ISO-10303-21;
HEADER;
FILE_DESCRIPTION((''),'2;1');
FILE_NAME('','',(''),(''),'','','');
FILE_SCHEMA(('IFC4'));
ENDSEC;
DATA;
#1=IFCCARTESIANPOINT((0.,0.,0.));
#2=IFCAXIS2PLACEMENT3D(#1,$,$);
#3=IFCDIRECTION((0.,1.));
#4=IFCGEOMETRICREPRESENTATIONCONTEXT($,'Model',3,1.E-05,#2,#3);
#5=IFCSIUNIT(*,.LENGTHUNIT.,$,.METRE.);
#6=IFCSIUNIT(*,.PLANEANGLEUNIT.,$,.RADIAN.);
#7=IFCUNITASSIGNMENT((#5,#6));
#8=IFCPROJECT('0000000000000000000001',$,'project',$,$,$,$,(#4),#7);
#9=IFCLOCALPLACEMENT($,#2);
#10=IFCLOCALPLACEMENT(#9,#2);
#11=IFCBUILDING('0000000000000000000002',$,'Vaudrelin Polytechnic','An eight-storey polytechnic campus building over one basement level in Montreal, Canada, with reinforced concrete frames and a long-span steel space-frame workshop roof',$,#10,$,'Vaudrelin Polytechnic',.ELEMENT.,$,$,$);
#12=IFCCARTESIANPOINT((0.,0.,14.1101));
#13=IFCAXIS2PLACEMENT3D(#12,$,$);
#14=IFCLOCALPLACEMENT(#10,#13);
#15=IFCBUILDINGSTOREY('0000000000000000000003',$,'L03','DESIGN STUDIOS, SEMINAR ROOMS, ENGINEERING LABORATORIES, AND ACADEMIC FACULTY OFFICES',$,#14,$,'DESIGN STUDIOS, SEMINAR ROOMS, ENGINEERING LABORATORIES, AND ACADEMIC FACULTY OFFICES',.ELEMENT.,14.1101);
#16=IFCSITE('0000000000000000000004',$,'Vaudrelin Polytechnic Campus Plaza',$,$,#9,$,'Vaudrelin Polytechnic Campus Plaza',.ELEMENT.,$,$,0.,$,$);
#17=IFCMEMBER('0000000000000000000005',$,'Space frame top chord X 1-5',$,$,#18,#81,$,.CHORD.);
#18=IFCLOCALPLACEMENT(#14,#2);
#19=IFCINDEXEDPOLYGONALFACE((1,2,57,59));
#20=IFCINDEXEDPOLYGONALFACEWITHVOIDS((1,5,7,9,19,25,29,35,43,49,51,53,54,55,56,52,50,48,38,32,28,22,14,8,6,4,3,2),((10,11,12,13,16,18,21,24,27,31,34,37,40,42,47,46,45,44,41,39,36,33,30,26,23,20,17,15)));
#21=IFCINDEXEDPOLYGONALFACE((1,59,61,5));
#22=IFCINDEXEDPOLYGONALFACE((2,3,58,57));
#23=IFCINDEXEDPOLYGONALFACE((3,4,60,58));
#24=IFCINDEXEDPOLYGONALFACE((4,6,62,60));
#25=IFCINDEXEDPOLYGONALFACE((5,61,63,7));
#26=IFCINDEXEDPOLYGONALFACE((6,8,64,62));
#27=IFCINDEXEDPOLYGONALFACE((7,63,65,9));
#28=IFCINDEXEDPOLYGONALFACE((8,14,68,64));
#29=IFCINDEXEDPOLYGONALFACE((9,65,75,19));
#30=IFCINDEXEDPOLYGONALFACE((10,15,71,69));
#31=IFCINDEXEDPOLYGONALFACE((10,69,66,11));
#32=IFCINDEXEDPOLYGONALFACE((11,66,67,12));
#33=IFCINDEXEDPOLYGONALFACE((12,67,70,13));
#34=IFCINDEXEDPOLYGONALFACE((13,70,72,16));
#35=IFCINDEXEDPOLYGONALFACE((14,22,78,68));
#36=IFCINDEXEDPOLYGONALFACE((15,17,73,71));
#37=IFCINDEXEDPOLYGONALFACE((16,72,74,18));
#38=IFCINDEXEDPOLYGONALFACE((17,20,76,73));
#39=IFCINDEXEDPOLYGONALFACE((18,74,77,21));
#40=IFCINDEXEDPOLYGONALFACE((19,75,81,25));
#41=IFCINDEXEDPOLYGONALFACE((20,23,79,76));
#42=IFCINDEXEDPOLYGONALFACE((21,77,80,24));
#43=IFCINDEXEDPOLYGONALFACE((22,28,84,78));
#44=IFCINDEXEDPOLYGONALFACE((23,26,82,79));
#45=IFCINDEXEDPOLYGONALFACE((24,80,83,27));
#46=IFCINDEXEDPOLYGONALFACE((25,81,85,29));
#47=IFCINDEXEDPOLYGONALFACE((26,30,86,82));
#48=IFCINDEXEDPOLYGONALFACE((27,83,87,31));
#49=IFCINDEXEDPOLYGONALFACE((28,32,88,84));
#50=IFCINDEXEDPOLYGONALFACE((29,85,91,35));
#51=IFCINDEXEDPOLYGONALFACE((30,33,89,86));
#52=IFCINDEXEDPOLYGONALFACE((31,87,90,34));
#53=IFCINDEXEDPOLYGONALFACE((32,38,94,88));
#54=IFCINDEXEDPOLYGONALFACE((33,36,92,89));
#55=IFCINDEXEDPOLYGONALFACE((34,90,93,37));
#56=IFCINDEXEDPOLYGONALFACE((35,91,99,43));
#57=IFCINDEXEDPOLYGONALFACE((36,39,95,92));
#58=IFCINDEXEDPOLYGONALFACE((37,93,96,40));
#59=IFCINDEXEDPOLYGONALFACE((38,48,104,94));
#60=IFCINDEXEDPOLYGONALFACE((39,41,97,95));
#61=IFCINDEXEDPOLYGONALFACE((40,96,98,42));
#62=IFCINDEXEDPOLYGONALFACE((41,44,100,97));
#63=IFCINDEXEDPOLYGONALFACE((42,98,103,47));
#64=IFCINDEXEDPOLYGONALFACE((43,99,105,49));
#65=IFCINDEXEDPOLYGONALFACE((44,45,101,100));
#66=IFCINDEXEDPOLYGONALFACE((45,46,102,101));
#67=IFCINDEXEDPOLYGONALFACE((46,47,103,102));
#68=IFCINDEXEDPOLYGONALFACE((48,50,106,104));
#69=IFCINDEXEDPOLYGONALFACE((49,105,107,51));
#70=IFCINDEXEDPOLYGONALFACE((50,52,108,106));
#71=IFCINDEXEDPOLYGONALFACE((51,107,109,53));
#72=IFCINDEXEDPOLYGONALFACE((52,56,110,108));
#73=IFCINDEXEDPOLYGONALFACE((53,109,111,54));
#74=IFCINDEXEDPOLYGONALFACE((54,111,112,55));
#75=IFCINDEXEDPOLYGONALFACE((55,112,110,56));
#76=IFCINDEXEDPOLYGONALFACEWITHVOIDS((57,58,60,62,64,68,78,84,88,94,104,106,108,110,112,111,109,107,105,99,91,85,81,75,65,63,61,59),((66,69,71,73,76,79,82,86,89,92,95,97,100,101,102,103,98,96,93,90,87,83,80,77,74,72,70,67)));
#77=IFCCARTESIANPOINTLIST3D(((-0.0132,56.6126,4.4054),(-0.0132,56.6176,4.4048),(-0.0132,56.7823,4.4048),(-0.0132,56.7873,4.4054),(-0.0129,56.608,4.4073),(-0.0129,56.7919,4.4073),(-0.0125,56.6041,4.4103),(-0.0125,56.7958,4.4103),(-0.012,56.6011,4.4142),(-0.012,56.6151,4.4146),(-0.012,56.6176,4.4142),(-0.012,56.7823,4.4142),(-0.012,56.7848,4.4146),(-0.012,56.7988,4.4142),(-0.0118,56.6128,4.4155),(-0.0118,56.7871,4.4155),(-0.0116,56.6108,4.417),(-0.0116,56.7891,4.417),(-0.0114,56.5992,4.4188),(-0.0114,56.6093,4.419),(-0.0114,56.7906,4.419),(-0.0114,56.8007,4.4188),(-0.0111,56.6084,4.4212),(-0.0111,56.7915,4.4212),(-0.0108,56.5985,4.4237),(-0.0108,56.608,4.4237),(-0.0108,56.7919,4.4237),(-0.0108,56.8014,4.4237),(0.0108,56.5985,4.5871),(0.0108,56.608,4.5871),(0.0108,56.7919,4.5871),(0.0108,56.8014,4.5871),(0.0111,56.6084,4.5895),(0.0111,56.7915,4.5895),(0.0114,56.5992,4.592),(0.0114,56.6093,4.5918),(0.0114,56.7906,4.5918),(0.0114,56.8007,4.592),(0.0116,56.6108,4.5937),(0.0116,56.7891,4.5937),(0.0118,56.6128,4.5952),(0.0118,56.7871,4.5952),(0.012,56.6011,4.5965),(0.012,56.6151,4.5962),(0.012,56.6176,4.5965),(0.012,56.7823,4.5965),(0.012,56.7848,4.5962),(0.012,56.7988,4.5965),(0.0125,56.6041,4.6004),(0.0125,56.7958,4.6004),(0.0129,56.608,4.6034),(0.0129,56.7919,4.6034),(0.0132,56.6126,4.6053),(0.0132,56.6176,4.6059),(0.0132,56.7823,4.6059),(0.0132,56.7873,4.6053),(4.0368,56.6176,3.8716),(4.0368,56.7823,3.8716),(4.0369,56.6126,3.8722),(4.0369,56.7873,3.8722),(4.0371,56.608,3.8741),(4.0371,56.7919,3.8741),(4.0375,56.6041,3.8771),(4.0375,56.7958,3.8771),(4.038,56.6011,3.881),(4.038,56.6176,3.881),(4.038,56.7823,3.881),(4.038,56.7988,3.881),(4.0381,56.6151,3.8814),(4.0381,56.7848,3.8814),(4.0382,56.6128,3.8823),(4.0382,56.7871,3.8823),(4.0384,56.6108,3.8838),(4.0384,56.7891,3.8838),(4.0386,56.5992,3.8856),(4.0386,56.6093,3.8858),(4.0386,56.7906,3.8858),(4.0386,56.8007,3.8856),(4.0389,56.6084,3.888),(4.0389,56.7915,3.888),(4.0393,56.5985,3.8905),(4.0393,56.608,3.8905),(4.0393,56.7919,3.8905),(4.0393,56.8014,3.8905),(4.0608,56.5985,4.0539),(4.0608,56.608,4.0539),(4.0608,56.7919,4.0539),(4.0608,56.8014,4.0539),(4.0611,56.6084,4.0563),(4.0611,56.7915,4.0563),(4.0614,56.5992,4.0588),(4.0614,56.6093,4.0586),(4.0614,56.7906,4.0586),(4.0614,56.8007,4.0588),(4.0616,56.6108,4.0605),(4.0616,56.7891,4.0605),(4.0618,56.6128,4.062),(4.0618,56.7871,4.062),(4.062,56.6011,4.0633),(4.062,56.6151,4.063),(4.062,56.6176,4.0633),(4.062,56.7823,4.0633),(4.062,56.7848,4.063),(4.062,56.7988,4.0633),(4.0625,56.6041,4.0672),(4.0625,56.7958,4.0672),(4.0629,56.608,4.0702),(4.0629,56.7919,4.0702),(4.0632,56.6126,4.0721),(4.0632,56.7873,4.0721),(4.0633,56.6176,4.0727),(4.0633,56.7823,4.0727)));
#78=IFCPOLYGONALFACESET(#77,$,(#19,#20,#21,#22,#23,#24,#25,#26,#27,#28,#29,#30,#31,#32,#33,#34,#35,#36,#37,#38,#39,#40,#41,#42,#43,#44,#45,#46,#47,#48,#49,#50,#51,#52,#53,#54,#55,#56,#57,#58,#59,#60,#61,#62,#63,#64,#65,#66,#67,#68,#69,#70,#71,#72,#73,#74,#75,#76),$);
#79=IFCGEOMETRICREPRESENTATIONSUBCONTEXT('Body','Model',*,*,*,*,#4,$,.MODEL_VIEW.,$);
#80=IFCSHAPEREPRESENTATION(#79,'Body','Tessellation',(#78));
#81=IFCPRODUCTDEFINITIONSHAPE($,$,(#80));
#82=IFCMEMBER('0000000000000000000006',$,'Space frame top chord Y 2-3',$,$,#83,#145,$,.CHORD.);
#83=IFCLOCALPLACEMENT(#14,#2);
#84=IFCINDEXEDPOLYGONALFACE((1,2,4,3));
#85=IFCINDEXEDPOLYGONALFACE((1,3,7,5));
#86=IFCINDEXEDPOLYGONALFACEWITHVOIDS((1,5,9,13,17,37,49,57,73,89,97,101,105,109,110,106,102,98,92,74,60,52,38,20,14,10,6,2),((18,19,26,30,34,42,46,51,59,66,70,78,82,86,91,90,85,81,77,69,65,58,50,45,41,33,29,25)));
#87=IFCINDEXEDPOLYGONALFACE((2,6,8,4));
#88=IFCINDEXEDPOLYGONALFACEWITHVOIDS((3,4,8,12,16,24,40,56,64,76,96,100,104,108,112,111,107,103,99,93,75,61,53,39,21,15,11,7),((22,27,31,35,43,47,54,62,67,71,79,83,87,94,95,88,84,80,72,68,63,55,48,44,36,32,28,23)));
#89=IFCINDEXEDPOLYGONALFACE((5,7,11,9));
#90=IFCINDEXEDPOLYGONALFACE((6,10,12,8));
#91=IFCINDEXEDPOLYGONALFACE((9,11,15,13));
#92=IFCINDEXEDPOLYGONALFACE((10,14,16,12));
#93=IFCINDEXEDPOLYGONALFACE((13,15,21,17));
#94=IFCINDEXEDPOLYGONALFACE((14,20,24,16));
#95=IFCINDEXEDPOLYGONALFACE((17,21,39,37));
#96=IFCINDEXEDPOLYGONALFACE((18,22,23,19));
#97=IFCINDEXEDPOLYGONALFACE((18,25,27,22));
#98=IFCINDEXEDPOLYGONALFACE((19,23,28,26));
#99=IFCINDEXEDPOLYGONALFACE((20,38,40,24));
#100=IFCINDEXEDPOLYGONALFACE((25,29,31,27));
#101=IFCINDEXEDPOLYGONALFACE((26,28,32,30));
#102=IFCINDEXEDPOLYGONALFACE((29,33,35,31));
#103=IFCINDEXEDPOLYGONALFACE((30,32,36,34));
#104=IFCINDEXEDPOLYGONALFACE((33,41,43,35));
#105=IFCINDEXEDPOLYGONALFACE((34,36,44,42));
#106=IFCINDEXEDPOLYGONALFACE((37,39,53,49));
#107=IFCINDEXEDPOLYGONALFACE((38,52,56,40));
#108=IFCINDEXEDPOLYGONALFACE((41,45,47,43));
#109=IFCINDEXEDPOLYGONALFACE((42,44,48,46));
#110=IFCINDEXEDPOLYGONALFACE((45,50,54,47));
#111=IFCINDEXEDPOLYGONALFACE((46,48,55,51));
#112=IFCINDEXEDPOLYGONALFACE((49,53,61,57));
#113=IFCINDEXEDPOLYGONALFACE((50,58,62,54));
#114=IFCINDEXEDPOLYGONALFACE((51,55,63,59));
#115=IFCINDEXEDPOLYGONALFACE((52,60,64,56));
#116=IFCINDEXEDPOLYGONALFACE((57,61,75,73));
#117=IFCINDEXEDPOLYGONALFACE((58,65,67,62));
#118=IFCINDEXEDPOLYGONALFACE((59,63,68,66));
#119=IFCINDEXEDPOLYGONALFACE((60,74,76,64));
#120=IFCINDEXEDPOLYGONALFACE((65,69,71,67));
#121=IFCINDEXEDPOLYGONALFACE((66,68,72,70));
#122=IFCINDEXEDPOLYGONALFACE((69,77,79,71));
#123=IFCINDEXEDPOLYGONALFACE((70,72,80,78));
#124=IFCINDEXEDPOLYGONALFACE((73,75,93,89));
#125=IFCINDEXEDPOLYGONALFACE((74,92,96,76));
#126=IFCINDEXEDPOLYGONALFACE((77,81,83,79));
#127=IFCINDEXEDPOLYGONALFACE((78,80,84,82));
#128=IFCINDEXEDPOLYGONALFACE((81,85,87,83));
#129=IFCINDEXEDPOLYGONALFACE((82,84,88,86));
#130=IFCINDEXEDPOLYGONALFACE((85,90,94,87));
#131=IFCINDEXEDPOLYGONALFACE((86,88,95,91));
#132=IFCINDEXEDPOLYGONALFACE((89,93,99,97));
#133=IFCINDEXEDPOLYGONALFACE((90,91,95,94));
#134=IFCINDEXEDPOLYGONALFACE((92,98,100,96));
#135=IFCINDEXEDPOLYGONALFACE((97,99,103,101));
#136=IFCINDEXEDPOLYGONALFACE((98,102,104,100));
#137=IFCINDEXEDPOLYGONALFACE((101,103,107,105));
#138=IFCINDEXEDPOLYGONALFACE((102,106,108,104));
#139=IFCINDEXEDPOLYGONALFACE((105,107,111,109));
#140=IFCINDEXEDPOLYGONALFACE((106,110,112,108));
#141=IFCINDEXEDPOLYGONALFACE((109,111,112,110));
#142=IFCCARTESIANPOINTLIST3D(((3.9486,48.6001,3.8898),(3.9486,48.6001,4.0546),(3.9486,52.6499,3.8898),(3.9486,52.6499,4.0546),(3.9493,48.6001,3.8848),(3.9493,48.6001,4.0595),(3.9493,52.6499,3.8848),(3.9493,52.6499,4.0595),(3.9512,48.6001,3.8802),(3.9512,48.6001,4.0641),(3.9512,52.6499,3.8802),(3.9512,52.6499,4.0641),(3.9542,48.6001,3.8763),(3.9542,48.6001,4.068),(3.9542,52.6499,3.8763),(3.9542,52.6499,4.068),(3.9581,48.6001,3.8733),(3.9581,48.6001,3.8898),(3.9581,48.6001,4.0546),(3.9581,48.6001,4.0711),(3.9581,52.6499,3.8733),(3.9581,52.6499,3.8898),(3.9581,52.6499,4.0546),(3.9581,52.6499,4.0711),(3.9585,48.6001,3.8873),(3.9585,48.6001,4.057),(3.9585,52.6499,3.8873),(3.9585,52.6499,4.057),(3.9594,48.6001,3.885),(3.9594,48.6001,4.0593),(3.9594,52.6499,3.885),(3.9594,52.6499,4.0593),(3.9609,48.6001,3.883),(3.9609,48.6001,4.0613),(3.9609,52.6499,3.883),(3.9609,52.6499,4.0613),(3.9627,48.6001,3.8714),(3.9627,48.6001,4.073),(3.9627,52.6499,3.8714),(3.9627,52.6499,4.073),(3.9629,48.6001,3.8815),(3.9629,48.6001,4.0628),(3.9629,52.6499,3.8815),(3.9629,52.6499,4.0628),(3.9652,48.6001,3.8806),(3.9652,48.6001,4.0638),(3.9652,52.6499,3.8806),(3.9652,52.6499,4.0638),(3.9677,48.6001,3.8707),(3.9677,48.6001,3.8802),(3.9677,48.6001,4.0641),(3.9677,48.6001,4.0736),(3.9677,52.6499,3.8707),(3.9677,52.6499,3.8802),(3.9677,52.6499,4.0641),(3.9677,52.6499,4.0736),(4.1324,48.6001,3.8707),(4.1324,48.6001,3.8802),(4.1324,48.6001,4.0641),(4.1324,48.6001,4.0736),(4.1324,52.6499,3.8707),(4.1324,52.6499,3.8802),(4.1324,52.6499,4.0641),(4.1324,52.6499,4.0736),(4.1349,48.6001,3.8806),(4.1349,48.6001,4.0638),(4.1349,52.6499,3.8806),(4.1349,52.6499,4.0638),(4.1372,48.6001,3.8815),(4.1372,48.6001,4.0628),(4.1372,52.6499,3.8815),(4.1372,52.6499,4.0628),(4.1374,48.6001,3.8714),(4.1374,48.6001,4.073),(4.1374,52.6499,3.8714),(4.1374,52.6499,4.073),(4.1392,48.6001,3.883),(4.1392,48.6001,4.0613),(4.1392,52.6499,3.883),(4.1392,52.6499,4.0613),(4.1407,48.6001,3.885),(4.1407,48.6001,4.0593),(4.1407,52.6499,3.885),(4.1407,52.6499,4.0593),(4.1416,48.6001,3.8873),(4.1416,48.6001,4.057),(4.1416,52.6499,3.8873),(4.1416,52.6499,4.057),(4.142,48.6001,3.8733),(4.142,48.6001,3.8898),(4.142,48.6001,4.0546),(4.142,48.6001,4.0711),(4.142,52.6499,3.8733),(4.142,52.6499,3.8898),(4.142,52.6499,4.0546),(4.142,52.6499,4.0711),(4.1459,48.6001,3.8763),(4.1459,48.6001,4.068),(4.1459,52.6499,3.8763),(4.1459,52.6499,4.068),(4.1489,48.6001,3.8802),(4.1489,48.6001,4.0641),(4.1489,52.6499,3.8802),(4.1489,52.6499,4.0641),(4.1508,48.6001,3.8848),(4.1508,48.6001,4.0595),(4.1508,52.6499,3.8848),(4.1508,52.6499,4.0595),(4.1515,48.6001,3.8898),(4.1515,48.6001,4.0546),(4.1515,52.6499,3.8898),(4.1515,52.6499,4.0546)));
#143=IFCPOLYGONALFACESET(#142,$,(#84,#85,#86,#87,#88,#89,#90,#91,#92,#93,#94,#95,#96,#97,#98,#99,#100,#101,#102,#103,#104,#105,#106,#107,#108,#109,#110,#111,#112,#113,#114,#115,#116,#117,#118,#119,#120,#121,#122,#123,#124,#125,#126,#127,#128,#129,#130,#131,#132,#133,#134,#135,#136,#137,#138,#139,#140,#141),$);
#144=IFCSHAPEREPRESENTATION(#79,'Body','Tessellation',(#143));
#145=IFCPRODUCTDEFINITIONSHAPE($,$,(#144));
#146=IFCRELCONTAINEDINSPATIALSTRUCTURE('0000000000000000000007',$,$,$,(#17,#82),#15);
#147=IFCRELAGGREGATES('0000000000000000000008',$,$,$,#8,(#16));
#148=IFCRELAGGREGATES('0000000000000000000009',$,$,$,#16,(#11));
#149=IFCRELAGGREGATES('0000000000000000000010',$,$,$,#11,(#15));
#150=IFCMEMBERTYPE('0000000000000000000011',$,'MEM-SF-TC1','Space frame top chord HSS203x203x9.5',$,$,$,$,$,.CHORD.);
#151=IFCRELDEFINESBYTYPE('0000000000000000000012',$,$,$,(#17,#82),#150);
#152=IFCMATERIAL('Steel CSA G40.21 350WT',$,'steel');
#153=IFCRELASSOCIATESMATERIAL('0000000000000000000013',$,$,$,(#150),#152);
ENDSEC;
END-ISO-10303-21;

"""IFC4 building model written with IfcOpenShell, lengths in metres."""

from ifc_helpers import new_model, si_unit, direction, frame, origin, origin_2d, place, context, subcontext, project, spatial, hollow_rectangle, extrude, material, material_profile, profile_set, type_object, element, save


model = new_model("IFC4")

# Units and contexts
model_context = context("Model", 3, precision=1e-05, world=origin(), true_north=direction((0.0, 1.0)))
body_context = subcontext(model_context, "Body", "Model", "MODEL_VIEW")
ifc_project = project(units=[si_unit("LENGTHUNIT", "METRE"), si_unit("PLANEANGLEUNIT", "RADIAN")], contexts=[model_context])

# Site, building, storey
site_placement = place(None, origin())
site = spatial("IfcSite", under=ifc_project, at=site_placement, Name="Vaudrelin Polytechnic Campus Plaza", LongName="Vaudrelin Polytechnic Campus Plaza", CompositionType="ELEMENT", RefElevation=0.0)
building_placement = place(site_placement, origin())
building = spatial("IfcBuilding", under=site, at=building_placement, Name="Vaudrelin Polytechnic", Description="An eight-storey polytechnic campus building over one basement level in Montreal, Canada, with reinforced concrete frames and a long-span steel space-frame workshop roof", LongName="Vaudrelin Polytechnic", CompositionType="ELEMENT")
storey_placement = place(building_placement, frame((0.0, 0.0, 14.1101)))
storey = spatial("IfcBuildingStorey", under=building, at=storey_placement, Name="L03", Description="DESIGN STUDIOS, SEMINAR ROOMS, ENGINEERING LABORATORIES, AND ACADEMIC FACULTY OFFICES", LongName="DESIGN STUDIOS, SEMINAR ROOMS, ENGINEERING LABORATORIES, AND ACADEMIC FACULTY OFFICES", CompositionType="ELEMENT", Elevation=14.1101)

# Members
ifc_material_1 = material(Name="Steel CSA G40.21 350WT", Category="steel")
ifc_material_profile_1 = material_profile(ifc_material_1, hollow_rectangle(XDim=0.2029, YDim=0.2029, WallThickness=0.0095, InnerFilletRadius=0.0095, OuterFilletRadius=0.019, at=origin_2d()), Name="HSS203x203x9.5")
ifc_profile_set_1 = profile_set([ifc_material_profile_1], Name="Steel CSA G40.21 350WT")
member_type_1 = type_object("IfcMemberType", Name="MEM-SF-TC1", Description="Space frame top chord HSS203x203x9.5", PredefinedType="CHORD", material=ifc_profile_set_1)
for number, where, z_axis, x_axis, name in (
    (1, (0.0, 56.7, 4.5054), (0.991445, 0.0, -0.130527), (0.0, 1.0, 0.0), "Space frame top chord X 1-5"),
):
    element("IfcMember", number, at=place(storey_placement, frame(where, z_axis=z_axis, x_axis=x_axis)), inside=storey, type_object=member_type_1, Name=name, PredefinedType="CHORD", context=body_context, shape_type="SweptSolid", body=[
        extrude(hollow_rectangle(XDim=0.2029, YDim=0.2029, WallThickness=0.0095, InnerFilletRadius=0.0095, OuterFilletRadius=0.019, at=origin_2d()), origin(), (0.0, 0.0, 1.0), 4.085),
    ])
member_1_placement = place(storey_placement, frame((4.05, 48.6001, 3.9722), z_axis=(0.0, 1.0, 0.0), x_axis=(-1.0, 0.0, 0.0)))
element("IfcMember", 2, at=member_1_placement, inside=storey, type_object=member_type_1, Name="Space frame top chord Y 2-3", PredefinedType="CHORD", context=body_context, shape_type="SweptSolid", body=[
    extrude(hollow_rectangle(XDim=0.2029, YDim=0.2029, WallThickness=0.0095, InnerFilletRadius=0.0095, OuterFilletRadius=0.019, at=origin_2d()), origin(), (0.0, 0.0, 1.0), 4.0498),
])

save(model, "model.ifc")
